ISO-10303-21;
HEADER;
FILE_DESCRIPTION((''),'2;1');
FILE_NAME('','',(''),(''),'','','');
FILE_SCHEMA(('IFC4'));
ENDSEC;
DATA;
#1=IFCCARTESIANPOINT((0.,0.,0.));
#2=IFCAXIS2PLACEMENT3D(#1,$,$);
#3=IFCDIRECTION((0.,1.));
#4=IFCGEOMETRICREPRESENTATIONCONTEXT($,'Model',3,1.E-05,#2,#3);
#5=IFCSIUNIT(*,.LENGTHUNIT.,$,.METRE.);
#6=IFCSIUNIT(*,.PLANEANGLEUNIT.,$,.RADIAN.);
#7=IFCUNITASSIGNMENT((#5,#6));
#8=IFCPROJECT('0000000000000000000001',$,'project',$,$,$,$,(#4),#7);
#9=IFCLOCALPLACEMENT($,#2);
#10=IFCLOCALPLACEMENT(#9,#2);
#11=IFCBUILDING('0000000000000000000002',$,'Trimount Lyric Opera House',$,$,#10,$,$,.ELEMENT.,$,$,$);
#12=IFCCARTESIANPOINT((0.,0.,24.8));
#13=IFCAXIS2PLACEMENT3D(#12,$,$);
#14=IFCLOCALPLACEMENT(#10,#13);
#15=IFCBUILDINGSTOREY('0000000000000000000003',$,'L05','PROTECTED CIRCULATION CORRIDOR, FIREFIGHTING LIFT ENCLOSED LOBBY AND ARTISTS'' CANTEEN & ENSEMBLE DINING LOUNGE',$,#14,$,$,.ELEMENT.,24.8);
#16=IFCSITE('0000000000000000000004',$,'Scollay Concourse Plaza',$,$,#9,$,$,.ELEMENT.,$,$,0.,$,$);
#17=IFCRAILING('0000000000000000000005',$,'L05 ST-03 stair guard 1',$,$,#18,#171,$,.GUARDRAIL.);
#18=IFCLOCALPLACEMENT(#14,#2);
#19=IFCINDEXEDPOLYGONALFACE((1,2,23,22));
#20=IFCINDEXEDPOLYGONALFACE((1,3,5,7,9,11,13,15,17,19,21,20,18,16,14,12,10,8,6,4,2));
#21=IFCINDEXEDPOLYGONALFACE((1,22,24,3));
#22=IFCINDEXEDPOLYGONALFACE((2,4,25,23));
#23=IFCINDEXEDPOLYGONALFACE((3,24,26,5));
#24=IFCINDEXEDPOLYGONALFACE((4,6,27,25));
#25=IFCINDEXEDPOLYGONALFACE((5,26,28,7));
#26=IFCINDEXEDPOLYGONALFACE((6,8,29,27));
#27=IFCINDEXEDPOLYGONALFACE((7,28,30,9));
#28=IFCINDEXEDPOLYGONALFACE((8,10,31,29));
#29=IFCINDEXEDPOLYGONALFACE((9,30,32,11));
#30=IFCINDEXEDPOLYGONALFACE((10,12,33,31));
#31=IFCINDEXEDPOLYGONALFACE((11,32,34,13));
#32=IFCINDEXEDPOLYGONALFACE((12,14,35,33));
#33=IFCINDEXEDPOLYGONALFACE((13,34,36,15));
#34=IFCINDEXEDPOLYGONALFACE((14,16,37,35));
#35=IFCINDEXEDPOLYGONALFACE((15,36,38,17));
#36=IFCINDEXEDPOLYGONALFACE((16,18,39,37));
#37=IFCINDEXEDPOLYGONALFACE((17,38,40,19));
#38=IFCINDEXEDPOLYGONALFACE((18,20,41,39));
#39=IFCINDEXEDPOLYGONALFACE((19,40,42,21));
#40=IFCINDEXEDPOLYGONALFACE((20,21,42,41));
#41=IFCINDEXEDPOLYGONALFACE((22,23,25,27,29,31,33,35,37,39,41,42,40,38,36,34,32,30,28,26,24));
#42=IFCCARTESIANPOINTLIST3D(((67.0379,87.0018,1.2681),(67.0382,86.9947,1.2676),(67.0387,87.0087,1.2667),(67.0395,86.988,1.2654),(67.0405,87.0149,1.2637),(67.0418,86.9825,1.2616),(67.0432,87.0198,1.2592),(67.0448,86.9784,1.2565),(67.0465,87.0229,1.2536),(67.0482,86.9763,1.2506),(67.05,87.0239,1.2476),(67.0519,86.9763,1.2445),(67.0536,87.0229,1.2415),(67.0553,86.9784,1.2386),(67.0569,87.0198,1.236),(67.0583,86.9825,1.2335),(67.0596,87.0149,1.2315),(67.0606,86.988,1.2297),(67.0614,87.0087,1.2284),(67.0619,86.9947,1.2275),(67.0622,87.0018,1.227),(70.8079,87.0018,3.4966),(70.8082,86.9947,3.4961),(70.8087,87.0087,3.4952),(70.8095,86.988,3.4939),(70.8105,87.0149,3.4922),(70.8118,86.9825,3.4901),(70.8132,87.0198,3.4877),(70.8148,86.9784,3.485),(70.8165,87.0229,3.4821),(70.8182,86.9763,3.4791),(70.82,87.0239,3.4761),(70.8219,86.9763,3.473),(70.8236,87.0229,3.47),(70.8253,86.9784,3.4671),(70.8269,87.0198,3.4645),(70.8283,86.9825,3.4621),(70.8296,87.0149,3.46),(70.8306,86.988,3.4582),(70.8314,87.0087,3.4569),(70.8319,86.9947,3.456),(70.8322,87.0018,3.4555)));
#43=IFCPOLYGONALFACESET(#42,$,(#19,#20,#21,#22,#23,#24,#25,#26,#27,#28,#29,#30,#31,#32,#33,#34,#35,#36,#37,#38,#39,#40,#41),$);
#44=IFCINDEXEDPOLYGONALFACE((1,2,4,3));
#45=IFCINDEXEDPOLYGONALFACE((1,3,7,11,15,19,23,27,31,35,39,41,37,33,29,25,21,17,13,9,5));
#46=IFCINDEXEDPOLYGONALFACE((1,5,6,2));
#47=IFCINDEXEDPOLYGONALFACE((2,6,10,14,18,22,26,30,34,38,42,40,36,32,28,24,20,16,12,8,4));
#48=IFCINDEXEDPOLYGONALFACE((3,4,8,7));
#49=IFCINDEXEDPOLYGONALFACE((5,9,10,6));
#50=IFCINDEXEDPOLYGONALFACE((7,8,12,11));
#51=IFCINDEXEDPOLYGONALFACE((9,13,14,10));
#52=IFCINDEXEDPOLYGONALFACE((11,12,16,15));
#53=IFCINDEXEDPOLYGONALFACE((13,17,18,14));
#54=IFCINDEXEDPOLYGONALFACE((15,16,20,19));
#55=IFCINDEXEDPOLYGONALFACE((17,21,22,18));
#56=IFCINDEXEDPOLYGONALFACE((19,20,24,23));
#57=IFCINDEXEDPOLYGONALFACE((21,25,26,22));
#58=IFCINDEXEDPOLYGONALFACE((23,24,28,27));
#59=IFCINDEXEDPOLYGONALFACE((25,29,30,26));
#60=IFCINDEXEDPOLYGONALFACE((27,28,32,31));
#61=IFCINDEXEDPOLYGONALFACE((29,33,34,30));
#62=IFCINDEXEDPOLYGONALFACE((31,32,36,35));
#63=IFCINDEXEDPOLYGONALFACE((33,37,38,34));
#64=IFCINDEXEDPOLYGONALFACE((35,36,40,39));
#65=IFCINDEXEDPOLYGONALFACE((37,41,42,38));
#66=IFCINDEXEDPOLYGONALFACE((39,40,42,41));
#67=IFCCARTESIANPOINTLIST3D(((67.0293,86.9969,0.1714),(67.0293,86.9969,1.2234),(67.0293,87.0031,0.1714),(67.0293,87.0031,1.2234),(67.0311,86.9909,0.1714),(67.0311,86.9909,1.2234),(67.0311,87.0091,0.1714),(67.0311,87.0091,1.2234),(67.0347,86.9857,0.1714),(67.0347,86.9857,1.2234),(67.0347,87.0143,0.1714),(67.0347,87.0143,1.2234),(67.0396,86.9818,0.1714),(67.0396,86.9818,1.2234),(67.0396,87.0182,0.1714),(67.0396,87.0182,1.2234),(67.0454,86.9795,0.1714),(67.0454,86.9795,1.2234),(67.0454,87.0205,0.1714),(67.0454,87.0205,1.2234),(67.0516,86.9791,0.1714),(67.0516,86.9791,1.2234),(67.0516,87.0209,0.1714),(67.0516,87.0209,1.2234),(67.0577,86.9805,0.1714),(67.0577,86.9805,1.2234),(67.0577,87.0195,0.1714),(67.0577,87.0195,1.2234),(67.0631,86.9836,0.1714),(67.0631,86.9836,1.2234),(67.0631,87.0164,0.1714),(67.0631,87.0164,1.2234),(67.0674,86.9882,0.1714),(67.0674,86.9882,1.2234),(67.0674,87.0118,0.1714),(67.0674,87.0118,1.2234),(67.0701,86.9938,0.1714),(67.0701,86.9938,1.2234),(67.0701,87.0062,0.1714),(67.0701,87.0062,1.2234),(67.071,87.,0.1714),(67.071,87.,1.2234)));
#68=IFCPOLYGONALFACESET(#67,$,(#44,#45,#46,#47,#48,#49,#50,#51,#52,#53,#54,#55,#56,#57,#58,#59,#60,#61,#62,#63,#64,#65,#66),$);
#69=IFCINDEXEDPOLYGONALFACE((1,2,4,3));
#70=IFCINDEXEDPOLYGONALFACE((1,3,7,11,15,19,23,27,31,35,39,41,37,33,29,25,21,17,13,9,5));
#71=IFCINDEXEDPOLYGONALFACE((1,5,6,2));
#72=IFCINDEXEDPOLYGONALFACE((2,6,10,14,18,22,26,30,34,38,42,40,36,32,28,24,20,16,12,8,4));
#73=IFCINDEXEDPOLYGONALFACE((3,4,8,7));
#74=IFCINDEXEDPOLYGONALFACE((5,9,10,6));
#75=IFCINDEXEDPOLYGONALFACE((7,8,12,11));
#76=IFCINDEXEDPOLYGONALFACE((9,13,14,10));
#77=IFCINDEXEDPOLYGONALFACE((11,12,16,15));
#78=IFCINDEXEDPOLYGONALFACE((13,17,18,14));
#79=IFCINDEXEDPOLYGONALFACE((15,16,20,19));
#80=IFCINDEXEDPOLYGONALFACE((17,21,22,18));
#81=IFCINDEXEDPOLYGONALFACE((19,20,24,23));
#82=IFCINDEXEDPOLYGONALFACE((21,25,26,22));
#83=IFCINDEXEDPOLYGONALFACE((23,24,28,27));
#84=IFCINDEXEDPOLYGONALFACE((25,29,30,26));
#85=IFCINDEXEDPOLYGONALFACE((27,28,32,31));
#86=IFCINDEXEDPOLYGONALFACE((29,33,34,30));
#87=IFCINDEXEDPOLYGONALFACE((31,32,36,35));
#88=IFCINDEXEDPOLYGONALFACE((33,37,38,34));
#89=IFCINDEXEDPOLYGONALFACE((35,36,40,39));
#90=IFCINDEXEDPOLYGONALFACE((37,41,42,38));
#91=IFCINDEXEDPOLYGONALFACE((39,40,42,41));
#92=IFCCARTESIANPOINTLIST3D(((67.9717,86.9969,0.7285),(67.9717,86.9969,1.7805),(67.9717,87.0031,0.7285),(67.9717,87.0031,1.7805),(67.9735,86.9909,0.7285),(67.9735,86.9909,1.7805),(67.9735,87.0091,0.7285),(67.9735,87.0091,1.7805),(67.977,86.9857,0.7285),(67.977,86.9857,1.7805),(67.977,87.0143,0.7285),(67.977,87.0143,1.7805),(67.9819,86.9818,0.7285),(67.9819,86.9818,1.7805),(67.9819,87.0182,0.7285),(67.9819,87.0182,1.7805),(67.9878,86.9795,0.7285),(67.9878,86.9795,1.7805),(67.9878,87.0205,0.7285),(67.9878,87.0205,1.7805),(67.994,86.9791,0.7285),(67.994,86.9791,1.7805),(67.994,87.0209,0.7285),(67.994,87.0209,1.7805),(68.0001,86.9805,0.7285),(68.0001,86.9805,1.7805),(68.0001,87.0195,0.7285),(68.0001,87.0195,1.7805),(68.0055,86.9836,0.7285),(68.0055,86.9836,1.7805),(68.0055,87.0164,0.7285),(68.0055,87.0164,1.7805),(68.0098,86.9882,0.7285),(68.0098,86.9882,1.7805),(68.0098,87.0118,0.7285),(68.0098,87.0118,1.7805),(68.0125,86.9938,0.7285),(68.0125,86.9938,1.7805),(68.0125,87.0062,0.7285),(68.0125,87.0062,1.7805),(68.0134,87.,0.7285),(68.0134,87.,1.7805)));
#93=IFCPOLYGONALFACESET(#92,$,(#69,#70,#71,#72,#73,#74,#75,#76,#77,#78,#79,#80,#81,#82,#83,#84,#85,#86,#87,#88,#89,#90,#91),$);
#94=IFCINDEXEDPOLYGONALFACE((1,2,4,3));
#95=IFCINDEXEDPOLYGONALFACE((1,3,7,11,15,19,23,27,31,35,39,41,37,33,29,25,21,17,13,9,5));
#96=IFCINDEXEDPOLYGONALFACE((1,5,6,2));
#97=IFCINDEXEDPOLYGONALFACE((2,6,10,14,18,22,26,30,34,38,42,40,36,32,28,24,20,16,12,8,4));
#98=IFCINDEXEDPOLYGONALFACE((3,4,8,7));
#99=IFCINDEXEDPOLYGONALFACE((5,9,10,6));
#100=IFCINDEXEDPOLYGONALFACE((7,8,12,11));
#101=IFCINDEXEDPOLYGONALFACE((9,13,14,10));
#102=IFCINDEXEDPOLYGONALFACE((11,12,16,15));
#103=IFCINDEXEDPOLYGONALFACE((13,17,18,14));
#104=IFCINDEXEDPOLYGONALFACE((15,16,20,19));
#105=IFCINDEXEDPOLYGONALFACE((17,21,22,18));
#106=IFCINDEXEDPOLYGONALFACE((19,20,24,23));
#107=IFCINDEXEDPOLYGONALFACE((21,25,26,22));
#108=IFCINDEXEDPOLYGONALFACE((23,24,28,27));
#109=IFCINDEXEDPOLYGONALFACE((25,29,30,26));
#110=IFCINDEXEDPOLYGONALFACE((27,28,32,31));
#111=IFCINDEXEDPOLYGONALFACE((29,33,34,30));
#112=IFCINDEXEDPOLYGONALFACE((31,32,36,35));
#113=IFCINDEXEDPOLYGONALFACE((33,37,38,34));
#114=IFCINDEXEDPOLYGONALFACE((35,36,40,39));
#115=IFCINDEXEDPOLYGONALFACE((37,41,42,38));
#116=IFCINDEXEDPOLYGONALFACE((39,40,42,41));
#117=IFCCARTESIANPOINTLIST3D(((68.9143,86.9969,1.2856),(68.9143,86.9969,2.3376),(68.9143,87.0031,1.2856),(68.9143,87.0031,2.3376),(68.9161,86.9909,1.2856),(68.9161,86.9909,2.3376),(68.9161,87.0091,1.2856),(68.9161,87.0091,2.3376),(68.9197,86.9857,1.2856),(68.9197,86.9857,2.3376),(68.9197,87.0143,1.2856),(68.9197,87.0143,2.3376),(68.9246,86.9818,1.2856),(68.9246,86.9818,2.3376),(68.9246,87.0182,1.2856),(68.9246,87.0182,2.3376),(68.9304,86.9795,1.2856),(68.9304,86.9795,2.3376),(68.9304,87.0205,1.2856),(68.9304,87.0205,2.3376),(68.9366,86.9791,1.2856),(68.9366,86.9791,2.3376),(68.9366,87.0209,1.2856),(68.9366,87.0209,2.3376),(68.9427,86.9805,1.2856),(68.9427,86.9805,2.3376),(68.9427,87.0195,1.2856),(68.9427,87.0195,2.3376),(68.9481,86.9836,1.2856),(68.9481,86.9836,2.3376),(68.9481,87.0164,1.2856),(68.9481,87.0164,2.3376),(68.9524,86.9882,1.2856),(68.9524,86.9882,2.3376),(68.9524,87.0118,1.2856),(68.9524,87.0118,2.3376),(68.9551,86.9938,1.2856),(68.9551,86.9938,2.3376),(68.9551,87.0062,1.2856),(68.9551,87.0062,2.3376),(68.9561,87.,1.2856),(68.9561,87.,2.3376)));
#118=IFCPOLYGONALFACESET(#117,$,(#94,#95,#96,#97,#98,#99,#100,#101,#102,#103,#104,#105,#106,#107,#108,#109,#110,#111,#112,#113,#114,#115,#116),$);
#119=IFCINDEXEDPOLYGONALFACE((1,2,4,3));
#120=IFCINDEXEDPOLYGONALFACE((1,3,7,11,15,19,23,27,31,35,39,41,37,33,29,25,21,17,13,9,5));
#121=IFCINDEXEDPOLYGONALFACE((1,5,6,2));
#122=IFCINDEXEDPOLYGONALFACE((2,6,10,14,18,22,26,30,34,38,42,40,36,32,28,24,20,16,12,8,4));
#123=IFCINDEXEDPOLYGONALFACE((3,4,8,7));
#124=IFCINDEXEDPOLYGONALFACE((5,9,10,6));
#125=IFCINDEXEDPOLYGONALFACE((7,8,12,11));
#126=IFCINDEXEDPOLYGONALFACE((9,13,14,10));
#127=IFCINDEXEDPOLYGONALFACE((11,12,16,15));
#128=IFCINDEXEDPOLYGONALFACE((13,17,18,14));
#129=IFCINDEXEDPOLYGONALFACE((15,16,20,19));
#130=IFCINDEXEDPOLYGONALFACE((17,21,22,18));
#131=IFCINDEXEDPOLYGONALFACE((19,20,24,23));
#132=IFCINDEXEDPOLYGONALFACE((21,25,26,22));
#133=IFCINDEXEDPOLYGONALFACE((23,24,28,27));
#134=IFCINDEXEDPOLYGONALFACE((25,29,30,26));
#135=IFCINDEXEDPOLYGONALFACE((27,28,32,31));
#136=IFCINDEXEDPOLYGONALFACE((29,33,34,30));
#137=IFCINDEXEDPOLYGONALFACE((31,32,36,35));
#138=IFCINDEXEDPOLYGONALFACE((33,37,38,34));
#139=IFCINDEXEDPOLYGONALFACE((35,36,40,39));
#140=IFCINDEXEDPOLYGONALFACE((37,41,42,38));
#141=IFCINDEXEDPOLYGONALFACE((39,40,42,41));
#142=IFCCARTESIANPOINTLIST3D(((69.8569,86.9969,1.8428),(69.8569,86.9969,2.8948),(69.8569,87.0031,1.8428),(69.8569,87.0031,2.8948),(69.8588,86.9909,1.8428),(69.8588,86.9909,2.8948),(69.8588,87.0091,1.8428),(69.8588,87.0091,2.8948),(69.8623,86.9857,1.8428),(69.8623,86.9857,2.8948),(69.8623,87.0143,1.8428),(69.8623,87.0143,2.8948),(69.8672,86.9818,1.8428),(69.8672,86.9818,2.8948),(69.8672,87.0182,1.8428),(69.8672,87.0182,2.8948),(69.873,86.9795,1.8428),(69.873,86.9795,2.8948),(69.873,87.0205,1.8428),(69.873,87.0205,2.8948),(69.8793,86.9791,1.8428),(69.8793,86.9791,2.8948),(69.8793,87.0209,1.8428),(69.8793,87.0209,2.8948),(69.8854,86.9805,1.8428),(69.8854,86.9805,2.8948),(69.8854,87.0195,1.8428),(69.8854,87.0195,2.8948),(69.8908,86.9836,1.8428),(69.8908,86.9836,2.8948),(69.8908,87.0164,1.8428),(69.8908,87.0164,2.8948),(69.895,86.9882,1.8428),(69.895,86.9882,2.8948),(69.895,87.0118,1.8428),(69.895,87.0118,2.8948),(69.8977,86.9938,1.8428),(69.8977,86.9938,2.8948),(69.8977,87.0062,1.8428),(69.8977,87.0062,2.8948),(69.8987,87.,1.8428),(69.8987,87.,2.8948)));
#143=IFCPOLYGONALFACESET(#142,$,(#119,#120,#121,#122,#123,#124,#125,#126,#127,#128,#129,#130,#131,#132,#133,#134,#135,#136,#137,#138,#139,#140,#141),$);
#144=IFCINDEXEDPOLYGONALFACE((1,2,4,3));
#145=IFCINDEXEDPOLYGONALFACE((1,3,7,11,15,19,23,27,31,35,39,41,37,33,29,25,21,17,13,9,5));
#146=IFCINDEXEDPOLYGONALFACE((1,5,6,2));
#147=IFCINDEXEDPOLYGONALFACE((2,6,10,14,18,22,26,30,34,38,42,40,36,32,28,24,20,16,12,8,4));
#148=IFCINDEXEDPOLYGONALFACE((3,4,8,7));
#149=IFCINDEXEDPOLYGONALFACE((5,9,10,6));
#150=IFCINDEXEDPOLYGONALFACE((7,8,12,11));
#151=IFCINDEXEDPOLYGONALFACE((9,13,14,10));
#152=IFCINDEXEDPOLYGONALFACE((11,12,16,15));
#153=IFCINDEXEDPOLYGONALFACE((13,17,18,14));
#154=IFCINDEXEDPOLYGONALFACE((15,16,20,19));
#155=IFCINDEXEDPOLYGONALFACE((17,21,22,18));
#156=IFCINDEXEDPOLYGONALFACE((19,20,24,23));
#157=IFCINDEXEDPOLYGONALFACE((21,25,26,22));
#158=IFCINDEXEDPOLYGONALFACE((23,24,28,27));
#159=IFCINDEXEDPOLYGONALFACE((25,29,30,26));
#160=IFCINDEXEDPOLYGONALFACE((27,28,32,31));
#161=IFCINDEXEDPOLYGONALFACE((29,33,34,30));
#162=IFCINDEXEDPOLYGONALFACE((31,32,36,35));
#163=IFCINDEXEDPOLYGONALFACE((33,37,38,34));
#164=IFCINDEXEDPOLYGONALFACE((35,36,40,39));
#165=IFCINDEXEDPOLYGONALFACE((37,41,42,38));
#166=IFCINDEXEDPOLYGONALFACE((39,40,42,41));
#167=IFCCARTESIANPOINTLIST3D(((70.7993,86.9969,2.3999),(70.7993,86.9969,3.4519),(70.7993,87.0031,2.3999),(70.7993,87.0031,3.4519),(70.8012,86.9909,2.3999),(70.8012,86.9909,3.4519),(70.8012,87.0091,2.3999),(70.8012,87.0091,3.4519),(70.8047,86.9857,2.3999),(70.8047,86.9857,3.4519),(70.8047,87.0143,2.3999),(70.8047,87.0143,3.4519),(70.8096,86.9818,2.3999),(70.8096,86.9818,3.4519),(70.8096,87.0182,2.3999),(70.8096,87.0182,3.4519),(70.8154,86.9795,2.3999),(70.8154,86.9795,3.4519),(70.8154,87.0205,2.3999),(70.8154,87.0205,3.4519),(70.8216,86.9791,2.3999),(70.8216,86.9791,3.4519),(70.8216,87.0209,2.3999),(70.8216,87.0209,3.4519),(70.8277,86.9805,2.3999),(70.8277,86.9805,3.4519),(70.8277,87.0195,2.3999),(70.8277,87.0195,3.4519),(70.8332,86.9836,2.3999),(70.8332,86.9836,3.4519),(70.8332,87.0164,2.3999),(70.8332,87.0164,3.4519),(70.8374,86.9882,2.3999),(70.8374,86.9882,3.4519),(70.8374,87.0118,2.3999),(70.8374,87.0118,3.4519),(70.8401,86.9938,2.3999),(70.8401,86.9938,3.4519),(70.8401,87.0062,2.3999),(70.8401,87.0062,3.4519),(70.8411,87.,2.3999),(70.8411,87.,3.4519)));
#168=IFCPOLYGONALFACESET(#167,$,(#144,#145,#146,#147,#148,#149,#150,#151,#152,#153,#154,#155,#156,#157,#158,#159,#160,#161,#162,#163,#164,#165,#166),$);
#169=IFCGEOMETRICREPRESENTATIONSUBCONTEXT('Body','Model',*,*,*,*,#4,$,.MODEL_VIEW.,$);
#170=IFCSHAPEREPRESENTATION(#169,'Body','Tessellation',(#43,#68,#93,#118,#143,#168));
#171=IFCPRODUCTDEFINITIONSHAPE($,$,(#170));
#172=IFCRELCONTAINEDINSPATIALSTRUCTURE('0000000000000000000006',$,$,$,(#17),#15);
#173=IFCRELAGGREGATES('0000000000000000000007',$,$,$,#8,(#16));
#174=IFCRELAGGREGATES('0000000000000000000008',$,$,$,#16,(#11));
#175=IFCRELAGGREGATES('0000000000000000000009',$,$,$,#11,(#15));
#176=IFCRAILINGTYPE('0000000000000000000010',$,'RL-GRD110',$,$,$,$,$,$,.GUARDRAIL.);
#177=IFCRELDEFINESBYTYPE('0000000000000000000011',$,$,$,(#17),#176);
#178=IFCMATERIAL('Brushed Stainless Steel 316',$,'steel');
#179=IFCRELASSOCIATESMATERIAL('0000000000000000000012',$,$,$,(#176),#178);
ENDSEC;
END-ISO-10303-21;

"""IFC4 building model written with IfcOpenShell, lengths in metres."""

from ifc_helpers import new_model, si_unit, direction, frame, origin, origin_2d, place, context, subcontext, project, spatial, circle, extrude, material, type_object, element, save


model = new_model("IFC4")

# Units and contexts
model_context = context("Model", 3, precision=1e-05, world=origin(), true_north=direction((0.0, 1.0)))
body_context = subcontext(model_context, "Body", "Model", "MODEL_VIEW")
ifc_project = project(units=[si_unit("LENGTHUNIT", "METRE"), si_unit("PLANEANGLEUNIT", "RADIAN")], contexts=[model_context])

# Site, building, storey
site_placement = place(None, origin())
site = spatial("IfcSite", under=ifc_project, at=site_placement, Name="Scollay Concourse Plaza", CompositionType="ELEMENT", RefElevation=0.0)
building_placement = place(site_placement, origin())
building = spatial("IfcBuilding", under=site, at=building_placement, Name="Trimount Lyric Opera House", CompositionType="ELEMENT")
storey_placement = place(building_placement, frame((0.0, 0.0, 24.8)))
storey = spatial("IfcBuildingStorey", under=building, at=storey_placement, Name="L05", Description="PROTECTED CIRCULATION CORRIDOR, FIREFIGHTING LIFT ENCLOSED LOBBY AND ARTISTS' CANTEEN & ENSEMBLE DINING LOUNGE", CompositionType="ELEMENT", Elevation=24.8)

# Railing
ifc_material_1 = material(Name="Brushed Stainless Steel 316", Category="steel")
railing_type_1 = type_object("IfcRailingType", Name="RL-GRD110", PredefinedType="GUARDRAIL", material=ifc_material_1)
railing_1_placement = place(storey_placement, frame((67.05, 87.0, 0.1714)))
element("IfcRailing", 1, at=railing_1_placement, inside=storey, type_object=railing_type_1, Name="L05 ST-03 stair guard 1", PredefinedType="GUARDRAIL", context=body_context, shape_type="SweptSolid", body=[
    extrude(circle(Radius=0.0239, at=origin_2d()), frame((0.0, 0.0, 1.0762), z_axis=(0.860849, 0.0, 0.508861), x_axis=(0.0, 1.0, 0.0)), (0.0, 0.0, 1.0), 4.3794),
    extrude(circle(Radius=0.021, at=origin_2d()), origin(), (0.0, 0.0, 1.0), 1.052),
    extrude(circle(Radius=0.021, at=origin_2d()), frame((0.9424, 0.0, 0.5571)), (0.0, 0.0, 1.0), 1.052),
    extrude(circle(Radius=0.021, at=origin_2d()), frame((1.885, 0.0, 1.1143)), (0.0, 0.0, 1.0), 1.052),
    extrude(circle(Radius=0.021, at=origin_2d()), frame((2.8276, 0.0, 1.6714)), (0.0, 0.0, 1.0), 1.052),
    extrude(circle(Radius=0.021, at=origin_2d()), frame((3.77, 0.0, 2.2285)), (0.0, 0.0, 1.0), 1.052),
])

save(model, "model.ifc")
